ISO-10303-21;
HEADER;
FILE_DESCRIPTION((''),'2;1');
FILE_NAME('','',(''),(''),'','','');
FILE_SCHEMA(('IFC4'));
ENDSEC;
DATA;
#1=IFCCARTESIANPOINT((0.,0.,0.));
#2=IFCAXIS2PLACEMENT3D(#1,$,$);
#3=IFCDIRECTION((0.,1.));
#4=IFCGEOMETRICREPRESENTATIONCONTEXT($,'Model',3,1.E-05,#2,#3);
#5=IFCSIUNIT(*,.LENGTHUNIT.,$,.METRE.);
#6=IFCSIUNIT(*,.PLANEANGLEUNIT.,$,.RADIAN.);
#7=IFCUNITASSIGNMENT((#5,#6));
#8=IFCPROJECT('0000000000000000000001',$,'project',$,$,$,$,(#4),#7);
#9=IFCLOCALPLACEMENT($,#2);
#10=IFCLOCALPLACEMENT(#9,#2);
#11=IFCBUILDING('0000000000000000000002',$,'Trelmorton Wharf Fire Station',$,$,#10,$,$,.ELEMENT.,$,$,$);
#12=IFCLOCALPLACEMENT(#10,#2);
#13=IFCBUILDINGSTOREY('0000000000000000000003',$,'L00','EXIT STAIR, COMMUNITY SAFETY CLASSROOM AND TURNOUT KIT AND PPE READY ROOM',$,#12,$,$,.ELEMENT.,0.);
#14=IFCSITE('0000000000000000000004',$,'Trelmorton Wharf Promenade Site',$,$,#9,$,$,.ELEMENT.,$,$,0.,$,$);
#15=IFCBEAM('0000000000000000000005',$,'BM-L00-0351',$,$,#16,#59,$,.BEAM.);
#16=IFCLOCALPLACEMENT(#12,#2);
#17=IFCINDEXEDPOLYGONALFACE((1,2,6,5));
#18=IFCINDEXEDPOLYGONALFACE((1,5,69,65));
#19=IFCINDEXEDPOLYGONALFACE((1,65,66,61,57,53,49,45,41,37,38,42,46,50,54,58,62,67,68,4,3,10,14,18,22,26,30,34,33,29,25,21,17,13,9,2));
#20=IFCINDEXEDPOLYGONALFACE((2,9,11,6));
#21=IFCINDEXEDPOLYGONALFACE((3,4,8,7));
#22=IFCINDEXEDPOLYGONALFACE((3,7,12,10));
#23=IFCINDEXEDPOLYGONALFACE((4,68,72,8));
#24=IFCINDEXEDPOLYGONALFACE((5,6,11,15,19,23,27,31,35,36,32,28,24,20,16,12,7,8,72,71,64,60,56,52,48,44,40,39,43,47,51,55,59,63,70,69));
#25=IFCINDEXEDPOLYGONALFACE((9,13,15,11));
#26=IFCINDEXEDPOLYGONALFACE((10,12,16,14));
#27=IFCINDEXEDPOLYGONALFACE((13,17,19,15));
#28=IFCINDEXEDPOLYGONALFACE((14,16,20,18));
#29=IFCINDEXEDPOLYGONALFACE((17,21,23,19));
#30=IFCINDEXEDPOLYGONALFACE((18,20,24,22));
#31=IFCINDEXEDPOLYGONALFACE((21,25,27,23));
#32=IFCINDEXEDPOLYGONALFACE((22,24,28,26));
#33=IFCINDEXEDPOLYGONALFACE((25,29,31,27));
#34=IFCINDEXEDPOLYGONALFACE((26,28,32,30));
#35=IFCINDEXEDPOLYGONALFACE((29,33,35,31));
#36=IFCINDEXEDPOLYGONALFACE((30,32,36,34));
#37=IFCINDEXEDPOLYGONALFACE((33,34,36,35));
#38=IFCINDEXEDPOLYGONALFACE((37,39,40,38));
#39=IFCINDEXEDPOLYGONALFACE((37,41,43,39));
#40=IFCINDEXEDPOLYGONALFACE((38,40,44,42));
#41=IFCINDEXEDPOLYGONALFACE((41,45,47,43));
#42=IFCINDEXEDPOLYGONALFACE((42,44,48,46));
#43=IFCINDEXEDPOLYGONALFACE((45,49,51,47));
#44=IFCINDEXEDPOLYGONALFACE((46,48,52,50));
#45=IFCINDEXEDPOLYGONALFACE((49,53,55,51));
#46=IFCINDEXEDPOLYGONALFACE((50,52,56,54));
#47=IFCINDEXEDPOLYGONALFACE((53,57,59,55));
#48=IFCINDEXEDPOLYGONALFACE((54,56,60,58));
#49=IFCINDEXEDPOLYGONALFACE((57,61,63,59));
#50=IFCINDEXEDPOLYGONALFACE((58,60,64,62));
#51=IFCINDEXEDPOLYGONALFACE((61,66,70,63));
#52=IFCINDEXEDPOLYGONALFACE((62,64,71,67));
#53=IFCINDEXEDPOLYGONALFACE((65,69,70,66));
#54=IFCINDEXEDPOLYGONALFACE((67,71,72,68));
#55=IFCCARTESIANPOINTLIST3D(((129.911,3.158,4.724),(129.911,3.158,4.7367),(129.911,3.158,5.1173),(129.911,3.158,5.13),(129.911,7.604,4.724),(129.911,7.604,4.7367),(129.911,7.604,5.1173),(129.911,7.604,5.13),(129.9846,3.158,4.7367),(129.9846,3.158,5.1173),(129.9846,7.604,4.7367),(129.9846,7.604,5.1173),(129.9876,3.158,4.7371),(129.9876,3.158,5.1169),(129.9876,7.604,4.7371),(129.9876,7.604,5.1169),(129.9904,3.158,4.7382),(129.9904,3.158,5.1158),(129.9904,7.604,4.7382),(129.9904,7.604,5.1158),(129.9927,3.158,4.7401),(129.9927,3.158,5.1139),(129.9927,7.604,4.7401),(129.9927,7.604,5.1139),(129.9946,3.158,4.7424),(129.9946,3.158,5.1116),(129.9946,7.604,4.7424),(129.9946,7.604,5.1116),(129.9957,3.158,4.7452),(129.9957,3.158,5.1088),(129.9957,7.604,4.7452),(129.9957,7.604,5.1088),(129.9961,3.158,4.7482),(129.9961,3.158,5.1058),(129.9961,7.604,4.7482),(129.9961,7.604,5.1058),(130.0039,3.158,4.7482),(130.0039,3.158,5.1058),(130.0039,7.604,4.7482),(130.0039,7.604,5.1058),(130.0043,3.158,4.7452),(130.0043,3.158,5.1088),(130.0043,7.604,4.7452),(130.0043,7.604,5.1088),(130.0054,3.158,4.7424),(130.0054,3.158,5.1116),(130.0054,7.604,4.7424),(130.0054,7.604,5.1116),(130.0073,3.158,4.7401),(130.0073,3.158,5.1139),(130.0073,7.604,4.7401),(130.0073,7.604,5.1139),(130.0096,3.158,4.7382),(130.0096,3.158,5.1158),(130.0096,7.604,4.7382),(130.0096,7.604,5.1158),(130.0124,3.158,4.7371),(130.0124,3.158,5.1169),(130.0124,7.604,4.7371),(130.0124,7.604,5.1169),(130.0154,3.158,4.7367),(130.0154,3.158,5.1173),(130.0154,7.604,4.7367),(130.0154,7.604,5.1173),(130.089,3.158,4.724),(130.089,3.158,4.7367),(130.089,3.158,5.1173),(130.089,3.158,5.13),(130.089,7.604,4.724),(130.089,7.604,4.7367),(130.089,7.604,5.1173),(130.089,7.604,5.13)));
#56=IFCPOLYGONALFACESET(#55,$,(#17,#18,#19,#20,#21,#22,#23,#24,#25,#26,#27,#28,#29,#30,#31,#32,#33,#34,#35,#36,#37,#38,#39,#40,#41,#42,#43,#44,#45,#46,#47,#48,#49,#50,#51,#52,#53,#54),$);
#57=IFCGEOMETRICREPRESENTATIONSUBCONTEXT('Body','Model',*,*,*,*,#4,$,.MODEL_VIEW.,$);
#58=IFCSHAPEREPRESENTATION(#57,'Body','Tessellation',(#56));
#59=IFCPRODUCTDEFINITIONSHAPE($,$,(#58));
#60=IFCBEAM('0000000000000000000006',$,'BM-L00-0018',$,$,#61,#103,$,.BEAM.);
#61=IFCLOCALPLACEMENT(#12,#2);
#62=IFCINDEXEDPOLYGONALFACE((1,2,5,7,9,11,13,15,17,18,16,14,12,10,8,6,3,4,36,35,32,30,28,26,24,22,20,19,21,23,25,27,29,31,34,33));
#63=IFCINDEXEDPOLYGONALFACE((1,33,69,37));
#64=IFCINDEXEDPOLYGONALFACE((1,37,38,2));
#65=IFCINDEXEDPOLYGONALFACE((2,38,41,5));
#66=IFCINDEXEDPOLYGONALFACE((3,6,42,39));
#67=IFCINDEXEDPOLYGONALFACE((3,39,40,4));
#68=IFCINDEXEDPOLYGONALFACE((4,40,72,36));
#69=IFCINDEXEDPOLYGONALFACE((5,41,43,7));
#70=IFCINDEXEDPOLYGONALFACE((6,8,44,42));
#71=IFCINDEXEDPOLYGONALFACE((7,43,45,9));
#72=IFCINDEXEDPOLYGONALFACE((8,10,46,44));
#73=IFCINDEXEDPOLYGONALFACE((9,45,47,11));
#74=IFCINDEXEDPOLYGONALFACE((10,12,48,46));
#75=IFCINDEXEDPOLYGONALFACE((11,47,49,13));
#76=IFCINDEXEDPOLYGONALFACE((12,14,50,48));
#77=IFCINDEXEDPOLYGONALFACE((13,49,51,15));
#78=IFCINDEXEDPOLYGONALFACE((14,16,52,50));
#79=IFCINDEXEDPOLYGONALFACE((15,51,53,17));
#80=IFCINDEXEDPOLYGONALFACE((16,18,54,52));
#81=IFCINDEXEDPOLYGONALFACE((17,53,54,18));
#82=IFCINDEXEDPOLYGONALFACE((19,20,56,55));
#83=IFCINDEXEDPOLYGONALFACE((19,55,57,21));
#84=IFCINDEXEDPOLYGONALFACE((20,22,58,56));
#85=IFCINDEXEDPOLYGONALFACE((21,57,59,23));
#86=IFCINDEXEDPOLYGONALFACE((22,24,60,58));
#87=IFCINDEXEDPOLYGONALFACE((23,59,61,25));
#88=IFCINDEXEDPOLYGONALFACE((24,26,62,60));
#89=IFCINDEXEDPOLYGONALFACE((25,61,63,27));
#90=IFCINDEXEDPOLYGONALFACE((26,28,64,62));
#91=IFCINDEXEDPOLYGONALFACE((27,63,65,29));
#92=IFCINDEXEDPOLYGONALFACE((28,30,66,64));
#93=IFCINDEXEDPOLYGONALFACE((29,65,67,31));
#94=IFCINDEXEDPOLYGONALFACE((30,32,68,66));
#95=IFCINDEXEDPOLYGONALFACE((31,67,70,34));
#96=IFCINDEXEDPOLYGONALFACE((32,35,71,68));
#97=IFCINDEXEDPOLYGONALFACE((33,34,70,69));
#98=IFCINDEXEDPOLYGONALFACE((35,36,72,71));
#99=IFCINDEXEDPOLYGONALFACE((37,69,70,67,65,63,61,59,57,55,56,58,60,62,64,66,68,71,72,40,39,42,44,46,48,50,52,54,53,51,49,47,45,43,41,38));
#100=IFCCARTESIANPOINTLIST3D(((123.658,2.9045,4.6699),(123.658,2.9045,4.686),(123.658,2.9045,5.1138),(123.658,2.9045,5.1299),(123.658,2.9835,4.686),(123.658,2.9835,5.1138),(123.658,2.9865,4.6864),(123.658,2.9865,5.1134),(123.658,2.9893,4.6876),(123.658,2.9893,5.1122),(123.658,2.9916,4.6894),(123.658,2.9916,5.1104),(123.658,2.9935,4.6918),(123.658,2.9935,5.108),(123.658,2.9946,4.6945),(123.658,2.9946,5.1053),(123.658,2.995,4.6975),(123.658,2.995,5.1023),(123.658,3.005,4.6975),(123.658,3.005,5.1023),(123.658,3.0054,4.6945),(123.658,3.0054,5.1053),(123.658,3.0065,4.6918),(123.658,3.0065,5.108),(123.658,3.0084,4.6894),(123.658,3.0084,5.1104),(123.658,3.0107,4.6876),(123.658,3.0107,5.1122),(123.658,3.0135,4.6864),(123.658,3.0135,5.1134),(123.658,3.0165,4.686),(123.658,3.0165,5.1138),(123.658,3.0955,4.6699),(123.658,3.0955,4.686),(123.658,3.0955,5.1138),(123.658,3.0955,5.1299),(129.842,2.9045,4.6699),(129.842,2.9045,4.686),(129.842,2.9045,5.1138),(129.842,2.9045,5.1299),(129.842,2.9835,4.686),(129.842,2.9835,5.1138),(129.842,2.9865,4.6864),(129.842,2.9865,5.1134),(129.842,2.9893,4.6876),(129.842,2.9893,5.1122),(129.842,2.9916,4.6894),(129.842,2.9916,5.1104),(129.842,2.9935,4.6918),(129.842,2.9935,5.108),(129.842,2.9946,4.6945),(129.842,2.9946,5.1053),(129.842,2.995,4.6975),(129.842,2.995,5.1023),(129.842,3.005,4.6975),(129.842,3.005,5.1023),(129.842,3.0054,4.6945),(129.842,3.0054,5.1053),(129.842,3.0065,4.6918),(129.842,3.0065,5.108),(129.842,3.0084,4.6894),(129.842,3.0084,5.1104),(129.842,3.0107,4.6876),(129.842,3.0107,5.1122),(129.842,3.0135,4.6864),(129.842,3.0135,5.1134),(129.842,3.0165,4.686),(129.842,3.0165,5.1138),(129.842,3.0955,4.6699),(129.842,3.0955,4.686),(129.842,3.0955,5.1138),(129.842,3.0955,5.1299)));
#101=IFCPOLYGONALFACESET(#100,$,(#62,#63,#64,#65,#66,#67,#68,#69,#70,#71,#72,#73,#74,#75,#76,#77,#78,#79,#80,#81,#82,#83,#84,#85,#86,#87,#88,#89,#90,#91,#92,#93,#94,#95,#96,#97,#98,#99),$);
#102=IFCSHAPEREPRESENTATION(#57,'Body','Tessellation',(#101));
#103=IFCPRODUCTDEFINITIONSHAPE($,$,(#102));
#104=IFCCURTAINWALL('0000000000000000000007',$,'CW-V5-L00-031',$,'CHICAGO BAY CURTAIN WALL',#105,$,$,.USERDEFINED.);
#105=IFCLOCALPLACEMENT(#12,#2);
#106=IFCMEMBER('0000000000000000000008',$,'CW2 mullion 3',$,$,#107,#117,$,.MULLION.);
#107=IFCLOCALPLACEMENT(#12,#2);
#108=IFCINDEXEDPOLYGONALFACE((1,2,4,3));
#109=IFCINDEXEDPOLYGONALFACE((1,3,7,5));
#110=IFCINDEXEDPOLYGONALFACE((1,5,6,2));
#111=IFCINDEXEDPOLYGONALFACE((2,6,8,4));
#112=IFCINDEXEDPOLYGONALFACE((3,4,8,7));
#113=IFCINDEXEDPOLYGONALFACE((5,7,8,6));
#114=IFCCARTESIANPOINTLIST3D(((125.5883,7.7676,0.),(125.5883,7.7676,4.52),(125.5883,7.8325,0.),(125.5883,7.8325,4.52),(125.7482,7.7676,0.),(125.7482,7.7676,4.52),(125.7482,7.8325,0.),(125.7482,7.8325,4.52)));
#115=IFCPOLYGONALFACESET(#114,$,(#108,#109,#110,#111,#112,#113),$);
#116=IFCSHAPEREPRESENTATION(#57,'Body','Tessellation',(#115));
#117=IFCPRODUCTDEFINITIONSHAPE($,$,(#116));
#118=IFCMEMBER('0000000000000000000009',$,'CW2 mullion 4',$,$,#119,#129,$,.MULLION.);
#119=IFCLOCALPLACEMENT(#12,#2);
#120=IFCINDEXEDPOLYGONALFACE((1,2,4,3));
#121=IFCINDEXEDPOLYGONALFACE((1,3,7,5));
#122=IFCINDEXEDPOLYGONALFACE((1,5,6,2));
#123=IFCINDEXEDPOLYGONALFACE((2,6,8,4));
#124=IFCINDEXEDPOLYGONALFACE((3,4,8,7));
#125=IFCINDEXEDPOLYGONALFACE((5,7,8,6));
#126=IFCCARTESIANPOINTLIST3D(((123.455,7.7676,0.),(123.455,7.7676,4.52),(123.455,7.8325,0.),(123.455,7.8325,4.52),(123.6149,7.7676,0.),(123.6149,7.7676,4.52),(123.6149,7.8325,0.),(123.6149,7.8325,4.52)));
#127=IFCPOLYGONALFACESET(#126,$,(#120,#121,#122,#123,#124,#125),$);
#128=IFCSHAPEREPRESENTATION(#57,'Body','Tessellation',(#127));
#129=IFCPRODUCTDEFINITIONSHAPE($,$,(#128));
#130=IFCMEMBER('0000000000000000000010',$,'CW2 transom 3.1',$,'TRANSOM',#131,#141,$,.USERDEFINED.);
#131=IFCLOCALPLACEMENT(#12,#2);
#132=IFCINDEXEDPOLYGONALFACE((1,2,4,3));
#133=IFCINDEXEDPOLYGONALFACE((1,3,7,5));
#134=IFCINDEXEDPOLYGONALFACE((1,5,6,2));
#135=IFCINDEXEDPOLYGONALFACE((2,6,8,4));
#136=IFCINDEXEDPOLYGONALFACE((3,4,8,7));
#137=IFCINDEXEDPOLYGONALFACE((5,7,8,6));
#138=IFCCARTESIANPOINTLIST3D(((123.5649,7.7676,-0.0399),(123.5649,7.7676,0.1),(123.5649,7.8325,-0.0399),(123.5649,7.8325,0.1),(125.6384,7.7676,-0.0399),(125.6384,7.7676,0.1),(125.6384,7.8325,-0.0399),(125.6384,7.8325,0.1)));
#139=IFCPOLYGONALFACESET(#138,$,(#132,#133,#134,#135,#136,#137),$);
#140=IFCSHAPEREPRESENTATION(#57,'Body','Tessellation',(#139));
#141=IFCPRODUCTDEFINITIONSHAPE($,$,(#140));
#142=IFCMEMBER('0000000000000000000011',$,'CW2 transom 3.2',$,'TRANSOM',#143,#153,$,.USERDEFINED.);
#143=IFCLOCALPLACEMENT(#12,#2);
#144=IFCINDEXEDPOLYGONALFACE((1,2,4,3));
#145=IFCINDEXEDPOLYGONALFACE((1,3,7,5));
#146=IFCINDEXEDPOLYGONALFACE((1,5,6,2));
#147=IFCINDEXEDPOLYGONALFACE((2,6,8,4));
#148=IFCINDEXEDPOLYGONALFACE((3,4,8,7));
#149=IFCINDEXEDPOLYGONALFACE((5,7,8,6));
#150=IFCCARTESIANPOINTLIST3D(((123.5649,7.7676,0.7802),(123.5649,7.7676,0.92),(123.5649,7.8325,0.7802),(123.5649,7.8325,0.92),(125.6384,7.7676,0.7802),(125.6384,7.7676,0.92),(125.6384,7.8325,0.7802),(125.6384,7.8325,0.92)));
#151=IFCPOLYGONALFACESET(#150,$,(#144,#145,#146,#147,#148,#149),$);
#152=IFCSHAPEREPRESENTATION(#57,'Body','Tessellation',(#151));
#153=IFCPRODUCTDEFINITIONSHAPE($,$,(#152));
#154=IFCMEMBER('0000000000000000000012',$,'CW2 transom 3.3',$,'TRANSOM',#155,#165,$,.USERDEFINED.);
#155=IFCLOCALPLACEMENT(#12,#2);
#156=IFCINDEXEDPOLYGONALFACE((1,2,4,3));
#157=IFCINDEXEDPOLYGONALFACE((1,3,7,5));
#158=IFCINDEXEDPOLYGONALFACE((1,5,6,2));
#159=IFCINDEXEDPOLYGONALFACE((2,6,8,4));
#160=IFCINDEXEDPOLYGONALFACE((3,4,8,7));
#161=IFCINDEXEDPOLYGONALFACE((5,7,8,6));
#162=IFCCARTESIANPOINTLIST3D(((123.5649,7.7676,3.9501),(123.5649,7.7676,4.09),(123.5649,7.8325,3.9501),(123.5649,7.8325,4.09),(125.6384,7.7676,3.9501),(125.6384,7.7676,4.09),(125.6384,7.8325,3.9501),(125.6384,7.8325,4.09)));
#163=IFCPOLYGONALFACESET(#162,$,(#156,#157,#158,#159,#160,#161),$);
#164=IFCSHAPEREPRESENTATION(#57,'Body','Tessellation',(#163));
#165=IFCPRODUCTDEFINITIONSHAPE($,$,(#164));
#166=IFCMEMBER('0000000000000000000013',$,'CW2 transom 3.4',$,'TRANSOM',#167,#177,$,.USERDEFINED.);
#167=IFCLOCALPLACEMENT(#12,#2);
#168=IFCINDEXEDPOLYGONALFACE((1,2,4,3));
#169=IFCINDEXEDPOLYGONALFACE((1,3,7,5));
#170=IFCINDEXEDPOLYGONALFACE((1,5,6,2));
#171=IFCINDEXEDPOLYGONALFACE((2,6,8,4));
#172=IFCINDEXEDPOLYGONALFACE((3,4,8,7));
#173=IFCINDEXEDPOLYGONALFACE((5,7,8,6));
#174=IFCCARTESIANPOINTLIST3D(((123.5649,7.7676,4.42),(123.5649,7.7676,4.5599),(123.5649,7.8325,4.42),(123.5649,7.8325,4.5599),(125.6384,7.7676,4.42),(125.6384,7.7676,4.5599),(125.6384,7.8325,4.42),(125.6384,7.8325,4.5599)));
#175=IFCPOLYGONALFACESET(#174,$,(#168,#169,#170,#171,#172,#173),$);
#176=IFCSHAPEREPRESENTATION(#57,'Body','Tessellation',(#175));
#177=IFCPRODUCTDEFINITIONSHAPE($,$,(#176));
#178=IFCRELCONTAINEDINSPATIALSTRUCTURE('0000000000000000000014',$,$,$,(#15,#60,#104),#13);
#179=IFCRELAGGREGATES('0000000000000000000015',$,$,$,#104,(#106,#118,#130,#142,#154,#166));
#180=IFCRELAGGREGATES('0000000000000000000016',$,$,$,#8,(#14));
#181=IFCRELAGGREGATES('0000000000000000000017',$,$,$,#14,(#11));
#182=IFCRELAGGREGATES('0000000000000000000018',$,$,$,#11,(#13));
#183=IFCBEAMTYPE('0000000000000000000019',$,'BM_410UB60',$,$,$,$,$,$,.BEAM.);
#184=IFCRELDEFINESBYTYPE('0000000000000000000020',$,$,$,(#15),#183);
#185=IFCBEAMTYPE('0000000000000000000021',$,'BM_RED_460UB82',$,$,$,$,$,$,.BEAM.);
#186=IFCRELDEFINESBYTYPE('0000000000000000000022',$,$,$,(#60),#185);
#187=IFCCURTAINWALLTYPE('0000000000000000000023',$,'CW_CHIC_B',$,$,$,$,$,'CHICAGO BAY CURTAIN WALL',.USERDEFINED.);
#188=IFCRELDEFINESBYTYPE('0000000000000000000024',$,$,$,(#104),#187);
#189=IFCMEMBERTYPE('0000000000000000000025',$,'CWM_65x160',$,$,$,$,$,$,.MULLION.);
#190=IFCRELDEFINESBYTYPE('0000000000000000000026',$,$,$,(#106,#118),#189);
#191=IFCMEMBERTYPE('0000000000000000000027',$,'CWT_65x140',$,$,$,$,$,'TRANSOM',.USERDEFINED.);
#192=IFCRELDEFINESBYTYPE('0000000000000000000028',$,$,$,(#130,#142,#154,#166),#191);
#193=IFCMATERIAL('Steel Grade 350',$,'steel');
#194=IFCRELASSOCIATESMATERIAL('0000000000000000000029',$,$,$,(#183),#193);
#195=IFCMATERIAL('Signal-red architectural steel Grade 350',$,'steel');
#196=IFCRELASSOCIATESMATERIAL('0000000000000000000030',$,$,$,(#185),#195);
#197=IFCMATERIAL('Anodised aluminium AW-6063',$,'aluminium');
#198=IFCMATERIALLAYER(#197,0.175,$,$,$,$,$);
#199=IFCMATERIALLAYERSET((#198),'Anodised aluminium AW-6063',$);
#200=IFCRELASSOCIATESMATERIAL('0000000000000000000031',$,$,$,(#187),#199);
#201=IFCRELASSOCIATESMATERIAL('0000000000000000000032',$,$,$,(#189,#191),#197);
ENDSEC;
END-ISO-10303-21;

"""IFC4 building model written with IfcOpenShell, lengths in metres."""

from ifc_helpers import new_model, si_unit, direction, frame, origin, origin_2d, place, context, subcontext, project, spatial, rectangle, i_section, extrude, material, layer, layer_set, material_profile, profile_set, type_object, element, aggregate, save


model = new_model("IFC4")

# Units and contexts
model_context = context("Model", 3, precision=1e-05, world=origin(), true_north=direction((0.0, 1.0)))
body_context = subcontext(model_context, "Body", "Model", "MODEL_VIEW")
ifc_project = project(units=[si_unit("LENGTHUNIT", "METRE"), si_unit("PLANEANGLEUNIT", "RADIAN")], contexts=[model_context])

# Site, building, storey
site_placement = place(None, origin())
site = spatial("IfcSite", under=ifc_project, at=site_placement, Name="Trelmorton Wharf Promenade Site", CompositionType="ELEMENT", RefElevation=0.0)
building_placement = place(site_placement, origin())
building = spatial("IfcBuilding", under=site, at=building_placement, Name="Trelmorton Wharf Fire Station", CompositionType="ELEMENT")
storey_placement = place(building_placement, origin())
storey = spatial("IfcBuildingStorey", under=building, at=storey_placement, Name="L00", Description="EXIT STAIR, COMMUNITY SAFETY CLASSROOM AND TURNOUT KIT AND PPE READY ROOM", CompositionType="ELEMENT", Elevation=0.0)

# Shared definitions
ifc_material_1 = material(Name="Steel Grade 350", Category="steel")

# Beams
ifc_material_profile_1 = material_profile(ifc_material_1, i_section(OverallWidth=0.178, OverallDepth=0.406, WebThickness=0.0078, FlangeThickness=0.0127, FilletRadius=0.0115, at=origin_2d()), Name="410UB59.7")
ifc_profile_set_1 = profile_set([ifc_material_profile_1], Name="Steel Grade 350")
beam_type_1 = type_object("IfcBeamType", Name="BM_410UB60", PredefinedType="BEAM", material=ifc_profile_set_1)
beam_1_placement = place(storey_placement, frame((130.0, 3.158, 4.927), z_axis=(0.0, 1.0, 0.0), x_axis=(-1.0, 0.0, 0.0)))
element("IfcBeam", 1, at=beam_1_placement, inside=storey, type_object=beam_type_1, Name="BM-L00-0351", PredefinedType="BEAM", context=body_context, shape_type="SweptSolid", body=[
    extrude(i_section(OverallWidth=0.178, OverallDepth=0.406, WebThickness=0.0078, FlangeThickness=0.0127, FilletRadius=0.0115, at=origin_2d()), origin(), (0.0, 0.0, 1.0), 4.446),
])
ifc_material_2 = material(Name="Signal-red architectural steel Grade 350", Category="steel")
ifc_material_profile_2 = material_profile(ifc_material_2, i_section(OverallWidth=0.1909, OverallDepth=0.46, WebThickness=0.01, FlangeThickness=0.0161, FilletRadius=0.0115, at=origin_2d()), Name="460UB82.1")
ifc_profile_set_2 = profile_set([ifc_material_profile_2], Name="Signal-red architectural steel Grade 350")
beam_type_2 = type_object("IfcBeamType", Name="BM_RED_460UB82", PredefinedType="BEAM", material=ifc_profile_set_2)
beam_2_placement = place(storey_placement, frame((123.658, 3.0, 4.8999), z_axis=(1.0, 0.0, 0.0), x_axis=(0.0, 1.0, 0.0)))
element("IfcBeam", 2, at=beam_2_placement, inside=storey, type_object=beam_type_2, Name="BM-L00-0018", PredefinedType="BEAM", context=body_context, shape_type="SweptSolid", body=[
    extrude(i_section(OverallWidth=0.1909, OverallDepth=0.46, WebThickness=0.01, FlangeThickness=0.0161, FilletRadius=0.0115, at=origin_2d()), origin(), (0.0, 0.0, 1.0), 6.1841),
])

# Curtain wall, members
ifc_material_3 = material(Name="Anodised aluminium AW-6063", Category="aluminium")
ifc_layer_1 = layer(ifc_material_3, 0.175)
ifc_layer_set_1 = layer_set([ifc_layer_1], Name="Anodised aluminium AW-6063")
curtain_wall_type = type_object("IfcCurtainWallType", Name="CW_CHIC_B", ElementType="CHICAGO BAY CURTAIN WALL", PredefinedType="USERDEFINED", material=ifc_layer_set_1)
curtain_wall_placement = place(storey_placement, origin())
curtain_wall = element("IfcCurtainWall", 3, at=curtain_wall_placement, inside=storey, type_object=curtain_wall_type, Name="CW-V5-L00-031", ObjectType="CHICAGO BAY CURTAIN WALL", PredefinedType="USERDEFINED")
ifc_material_profile_3 = material_profile(ifc_material_3, rectangle(XDim=0.0649, YDim=0.1599, at=origin_2d()), Name="ALU-65x160")
ifc_profile_set_3 = profile_set([ifc_material_profile_3], Name="Anodised aluminium AW-6063")
member_type_1 = type_object("IfcMemberType", Name="CWM_65x160", PredefinedType="MULLION", material=ifc_profile_set_3)
member_1_placement = place(storey_placement, frame((125.6682, 7.8, 0.0), z_axis=(0.0, 0.0, 1.0), x_axis=(0.0, -1.0, 0.0)))
member_1 = element("IfcMember", 4, at=member_1_placement, type_object=member_type_1, Name="CW2 mullion 3", PredefinedType="MULLION", context=body_context, shape_type="SweptSolid", body=[
    extrude(rectangle(XDim=0.0649, YDim=0.1599, at=origin_2d()), origin(), (0.0, 0.0, 1.0), 4.52),
])
member_2_placement = place(storey_placement, frame((123.5349, 7.8, 0.0), z_axis=(0.0, 0.0, 1.0), x_axis=(0.0, -1.0, 0.0)))
member_2 = element("IfcMember", 5, at=member_2_placement, type_object=member_type_1, Name="CW2 mullion 4", PredefinedType="MULLION", context=body_context, shape_type="SweptSolid", body=[
    extrude(rectangle(XDim=0.0649, YDim=0.1599, at=origin_2d()), origin(), (0.0, 0.0, 1.0), 4.52),
])
ifc_material_profile_4 = material_profile(ifc_material_3, rectangle(XDim=0.0649, YDim=0.1399, at=origin_2d()), Name="ALU-65x140")
ifc_profile_set_4 = profile_set([ifc_material_profile_4], Name="Anodised aluminium AW-6063")
member_type_2 = type_object("IfcMemberType", Name="CWT_65x140", ElementType="TRANSOM", PredefinedType="USERDEFINED", material=ifc_profile_set_4)
member_3_placement = place(storey_placement, frame((125.6384, 7.8, 0.03), z_axis=(-1.0, 0.0, 0.0), x_axis=(0.0, -1.0, 0.0)))
member_3 = element("IfcMember", 6, at=member_3_placement, type_object=member_type_2, Name="CW2 transom 3.1", ObjectType="TRANSOM", PredefinedType="USERDEFINED", context=body_context, shape_type="SweptSolid", body=[
    extrude(rectangle(XDim=0.0649, YDim=0.1399, at=origin_2d()), origin(), (0.0, 0.0, 1.0), 2.0735),
])
member_4_placement = place(storey_placement, frame((125.6384, 7.8, 0.8501), z_axis=(-1.0, 0.0, 0.0), x_axis=(0.0, -1.0, 0.0)))
member_4 = element("IfcMember", 7, at=member_4_placement, type_object=member_type_2, Name="CW2 transom 3.2", ObjectType="TRANSOM", PredefinedType="USERDEFINED", context=body_context, shape_type="SweptSolid", body=[
    extrude(rectangle(XDim=0.0649, YDim=0.1399, at=origin_2d()), origin(), (0.0, 0.0, 1.0), 2.0735),
])
member_5_placement = place(storey_placement, frame((125.6384, 7.8, 4.02), z_axis=(-1.0, 0.0, 0.0), x_axis=(0.0, -1.0, 0.0)))
member_5 = element("IfcMember", 8, at=member_5_placement, type_object=member_type_2, Name="CW2 transom 3.3", ObjectType="TRANSOM", PredefinedType="USERDEFINED", context=body_context, shape_type="SweptSolid", body=[
    extrude(rectangle(XDim=0.0649, YDim=0.1399, at=origin_2d()), origin(), (0.0, 0.0, 1.0), 2.0735),
])
member_6_placement = place(storey_placement, frame((125.6384, 7.8, 4.49), z_axis=(-1.0, 0.0, 0.0), x_axis=(0.0, -1.0, 0.0)))
member_6 = element("IfcMember", 9, at=member_6_placement, type_object=member_type_2, Name="CW2 transom 3.4", ObjectType="TRANSOM", PredefinedType="USERDEFINED", context=body_context, shape_type="SweptSolid", body=[
    extrude(rectangle(XDim=0.0649, YDim=0.1399, at=origin_2d()), origin(), (0.0, 0.0, 1.0), 2.0735),
])

aggregate(curtain_wall, [member_1, member_2, member_3, member_4, member_5, member_6])

save(model, "model.ifc")
